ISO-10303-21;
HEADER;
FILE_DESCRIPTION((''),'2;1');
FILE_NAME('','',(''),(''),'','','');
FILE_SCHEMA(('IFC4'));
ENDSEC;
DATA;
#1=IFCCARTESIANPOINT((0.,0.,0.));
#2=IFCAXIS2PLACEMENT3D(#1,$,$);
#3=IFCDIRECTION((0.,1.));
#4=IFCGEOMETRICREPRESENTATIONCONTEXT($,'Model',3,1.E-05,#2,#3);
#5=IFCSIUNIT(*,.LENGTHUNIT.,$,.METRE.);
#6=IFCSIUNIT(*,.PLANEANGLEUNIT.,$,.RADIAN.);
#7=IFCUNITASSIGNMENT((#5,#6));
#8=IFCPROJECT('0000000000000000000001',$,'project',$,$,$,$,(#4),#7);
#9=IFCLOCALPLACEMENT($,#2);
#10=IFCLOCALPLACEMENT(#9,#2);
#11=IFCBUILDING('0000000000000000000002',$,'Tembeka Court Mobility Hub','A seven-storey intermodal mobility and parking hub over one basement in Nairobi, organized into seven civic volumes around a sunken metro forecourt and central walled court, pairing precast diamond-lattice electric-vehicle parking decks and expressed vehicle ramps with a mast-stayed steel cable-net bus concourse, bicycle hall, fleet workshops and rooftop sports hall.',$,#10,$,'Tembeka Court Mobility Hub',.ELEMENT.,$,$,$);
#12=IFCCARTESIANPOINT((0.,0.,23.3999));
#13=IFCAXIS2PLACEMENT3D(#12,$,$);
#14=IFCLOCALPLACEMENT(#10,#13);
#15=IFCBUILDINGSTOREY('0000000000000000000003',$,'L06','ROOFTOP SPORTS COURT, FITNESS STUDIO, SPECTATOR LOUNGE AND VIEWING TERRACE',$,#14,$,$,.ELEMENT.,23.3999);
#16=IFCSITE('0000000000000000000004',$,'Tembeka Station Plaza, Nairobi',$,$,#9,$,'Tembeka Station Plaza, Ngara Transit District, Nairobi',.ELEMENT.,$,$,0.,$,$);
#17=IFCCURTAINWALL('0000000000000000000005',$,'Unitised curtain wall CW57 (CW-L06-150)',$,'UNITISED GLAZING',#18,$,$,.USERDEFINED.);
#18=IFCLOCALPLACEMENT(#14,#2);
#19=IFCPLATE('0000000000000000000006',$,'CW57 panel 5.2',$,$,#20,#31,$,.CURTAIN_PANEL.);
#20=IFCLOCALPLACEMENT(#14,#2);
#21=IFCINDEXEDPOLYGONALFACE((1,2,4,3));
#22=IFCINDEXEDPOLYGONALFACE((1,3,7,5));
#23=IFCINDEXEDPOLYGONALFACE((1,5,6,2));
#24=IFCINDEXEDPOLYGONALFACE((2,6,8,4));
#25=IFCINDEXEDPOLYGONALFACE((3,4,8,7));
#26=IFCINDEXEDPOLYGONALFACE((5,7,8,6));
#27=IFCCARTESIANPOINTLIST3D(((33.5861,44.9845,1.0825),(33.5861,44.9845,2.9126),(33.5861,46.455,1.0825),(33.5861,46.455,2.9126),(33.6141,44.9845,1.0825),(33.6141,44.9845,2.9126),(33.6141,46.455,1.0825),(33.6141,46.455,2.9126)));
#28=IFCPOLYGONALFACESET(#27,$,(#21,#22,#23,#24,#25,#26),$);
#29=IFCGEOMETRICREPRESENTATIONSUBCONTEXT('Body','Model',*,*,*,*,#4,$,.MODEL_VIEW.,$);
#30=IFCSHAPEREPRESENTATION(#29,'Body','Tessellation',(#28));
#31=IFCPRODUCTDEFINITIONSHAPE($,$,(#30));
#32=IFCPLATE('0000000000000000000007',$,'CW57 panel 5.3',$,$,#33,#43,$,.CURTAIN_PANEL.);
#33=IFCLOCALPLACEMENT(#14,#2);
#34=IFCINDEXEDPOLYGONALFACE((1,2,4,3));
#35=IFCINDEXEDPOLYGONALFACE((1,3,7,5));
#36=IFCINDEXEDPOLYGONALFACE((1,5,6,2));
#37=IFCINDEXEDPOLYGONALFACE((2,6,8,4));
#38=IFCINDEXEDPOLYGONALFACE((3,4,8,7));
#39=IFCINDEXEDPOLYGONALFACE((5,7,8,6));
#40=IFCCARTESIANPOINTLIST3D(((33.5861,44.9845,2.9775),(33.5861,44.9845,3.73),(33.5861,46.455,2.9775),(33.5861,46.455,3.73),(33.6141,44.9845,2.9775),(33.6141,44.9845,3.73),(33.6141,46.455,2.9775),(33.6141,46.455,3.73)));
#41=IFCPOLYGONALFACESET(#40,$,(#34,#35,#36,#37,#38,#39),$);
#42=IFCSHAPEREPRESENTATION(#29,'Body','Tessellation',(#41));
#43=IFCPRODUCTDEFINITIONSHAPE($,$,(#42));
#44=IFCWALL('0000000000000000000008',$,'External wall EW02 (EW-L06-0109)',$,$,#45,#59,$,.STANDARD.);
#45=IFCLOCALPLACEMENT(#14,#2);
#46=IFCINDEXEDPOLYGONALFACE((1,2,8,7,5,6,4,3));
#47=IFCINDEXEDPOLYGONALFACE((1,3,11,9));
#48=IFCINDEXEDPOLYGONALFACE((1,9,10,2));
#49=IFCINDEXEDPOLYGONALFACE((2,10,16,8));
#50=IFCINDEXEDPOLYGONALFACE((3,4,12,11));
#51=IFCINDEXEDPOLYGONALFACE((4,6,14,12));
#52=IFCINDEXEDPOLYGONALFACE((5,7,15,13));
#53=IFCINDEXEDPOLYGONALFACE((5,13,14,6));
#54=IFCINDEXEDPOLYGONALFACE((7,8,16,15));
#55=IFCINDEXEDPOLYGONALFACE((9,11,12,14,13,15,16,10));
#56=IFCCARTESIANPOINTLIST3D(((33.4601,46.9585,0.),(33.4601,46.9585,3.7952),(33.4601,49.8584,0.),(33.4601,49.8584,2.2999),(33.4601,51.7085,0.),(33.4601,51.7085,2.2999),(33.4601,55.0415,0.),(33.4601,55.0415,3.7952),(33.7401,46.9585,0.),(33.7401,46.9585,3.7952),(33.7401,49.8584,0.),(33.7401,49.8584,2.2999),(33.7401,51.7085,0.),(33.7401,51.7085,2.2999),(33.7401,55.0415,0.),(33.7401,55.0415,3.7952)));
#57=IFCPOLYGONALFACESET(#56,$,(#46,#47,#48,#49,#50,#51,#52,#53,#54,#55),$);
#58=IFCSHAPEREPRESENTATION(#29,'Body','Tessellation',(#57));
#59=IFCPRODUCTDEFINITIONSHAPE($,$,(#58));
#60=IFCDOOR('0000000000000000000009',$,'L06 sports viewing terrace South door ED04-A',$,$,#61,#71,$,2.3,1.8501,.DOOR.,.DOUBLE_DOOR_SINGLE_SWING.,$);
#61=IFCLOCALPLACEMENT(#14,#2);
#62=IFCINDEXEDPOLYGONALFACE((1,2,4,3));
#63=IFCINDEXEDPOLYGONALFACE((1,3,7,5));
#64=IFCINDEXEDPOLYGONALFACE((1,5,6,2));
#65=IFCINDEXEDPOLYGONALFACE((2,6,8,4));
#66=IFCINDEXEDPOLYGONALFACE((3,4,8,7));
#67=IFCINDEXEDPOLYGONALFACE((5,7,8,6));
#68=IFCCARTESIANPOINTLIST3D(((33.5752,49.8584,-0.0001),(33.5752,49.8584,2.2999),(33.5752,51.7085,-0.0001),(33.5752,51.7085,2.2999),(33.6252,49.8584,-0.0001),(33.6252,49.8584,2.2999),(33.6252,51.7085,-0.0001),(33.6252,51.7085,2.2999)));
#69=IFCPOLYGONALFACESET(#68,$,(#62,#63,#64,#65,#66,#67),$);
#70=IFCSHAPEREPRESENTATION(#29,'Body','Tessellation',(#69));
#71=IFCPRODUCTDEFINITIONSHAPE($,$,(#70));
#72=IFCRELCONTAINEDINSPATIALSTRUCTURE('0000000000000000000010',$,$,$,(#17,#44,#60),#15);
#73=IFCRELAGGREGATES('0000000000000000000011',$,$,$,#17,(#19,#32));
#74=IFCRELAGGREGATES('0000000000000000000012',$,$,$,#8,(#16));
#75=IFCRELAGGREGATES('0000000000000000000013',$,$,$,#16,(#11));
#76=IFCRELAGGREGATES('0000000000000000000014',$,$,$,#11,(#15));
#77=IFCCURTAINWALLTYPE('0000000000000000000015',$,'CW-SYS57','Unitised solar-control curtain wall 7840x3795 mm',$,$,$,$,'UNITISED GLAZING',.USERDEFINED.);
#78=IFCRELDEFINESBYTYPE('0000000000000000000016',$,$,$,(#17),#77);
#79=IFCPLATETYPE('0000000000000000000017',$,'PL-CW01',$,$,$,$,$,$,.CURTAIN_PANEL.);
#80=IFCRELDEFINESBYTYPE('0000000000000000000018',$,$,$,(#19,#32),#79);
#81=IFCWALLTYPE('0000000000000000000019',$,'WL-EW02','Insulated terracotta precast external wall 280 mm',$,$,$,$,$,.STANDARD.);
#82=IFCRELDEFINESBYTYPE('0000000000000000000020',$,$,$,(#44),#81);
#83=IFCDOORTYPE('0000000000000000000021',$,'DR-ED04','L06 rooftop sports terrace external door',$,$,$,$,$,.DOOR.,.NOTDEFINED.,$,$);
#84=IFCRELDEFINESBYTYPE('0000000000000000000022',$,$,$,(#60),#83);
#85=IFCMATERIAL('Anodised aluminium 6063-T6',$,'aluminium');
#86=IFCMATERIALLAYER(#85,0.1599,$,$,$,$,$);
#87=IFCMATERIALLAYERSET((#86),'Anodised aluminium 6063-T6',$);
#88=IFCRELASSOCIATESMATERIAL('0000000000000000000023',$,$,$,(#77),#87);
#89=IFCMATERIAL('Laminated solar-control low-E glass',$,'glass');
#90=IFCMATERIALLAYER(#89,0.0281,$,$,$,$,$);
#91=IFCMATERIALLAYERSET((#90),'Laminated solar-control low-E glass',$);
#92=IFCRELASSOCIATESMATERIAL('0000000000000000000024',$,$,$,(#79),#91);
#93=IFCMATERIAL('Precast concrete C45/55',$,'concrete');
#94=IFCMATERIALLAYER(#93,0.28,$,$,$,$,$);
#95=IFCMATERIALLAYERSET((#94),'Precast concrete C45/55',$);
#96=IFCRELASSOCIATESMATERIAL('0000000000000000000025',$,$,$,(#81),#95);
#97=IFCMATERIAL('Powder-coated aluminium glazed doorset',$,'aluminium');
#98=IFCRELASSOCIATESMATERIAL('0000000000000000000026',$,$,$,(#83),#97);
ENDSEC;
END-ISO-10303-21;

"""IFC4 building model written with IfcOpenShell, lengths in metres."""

from ifc_helpers import new_model, si_unit, direction, frame, frame_2d, origin, origin_2d, place, context, subcontext, project, spatial, rectangle, extrude, material, layer, layer_set, type_object, element, fill, aggregate, save


model = new_model("IFC4")

# Units and contexts
model_context = context("Model", 3, precision=1e-05, world=origin(), true_north=direction((0.0, 1.0)))
body_context = subcontext(model_context, "Body", "Model", "MODEL_VIEW")
ifc_project = project(units=[si_unit("LENGTHUNIT", "METRE"), si_unit("PLANEANGLEUNIT", "RADIAN")], contexts=[model_context])

# Site, building, storey
site_placement = place(None, origin())
site = spatial("IfcSite", under=ifc_project, at=site_placement, Name="Tembeka Station Plaza, Nairobi", LongName="Tembeka Station Plaza, Ngara Transit District, Nairobi", CompositionType="ELEMENT", RefElevation=0.0)
building_placement = place(site_placement, origin())
building = spatial("IfcBuilding", under=site, at=building_placement, Name="Tembeka Court Mobility Hub", Description="A seven-storey intermodal mobility and parking hub over one basement in Nairobi, organized into seven civic volumes around a sunken metro forecourt and central walled court, pairing precast diamond-lattice electric-vehicle parking decks and expressed vehicle ramps with a mast-stayed steel cable-net bus concourse, bicycle hall, fleet workshops and rooftop sports hall.", LongName="Tembeka Court Mobility Hub", CompositionType="ELEMENT")
storey_placement = place(building_placement, frame((0.0, 0.0, 23.3999)))
storey = spatial("IfcBuildingStorey", under=building, at=storey_placement, Name="L06", Description="ROOFTOP SPORTS COURT, FITNESS STUDIO, SPECTATOR LOUNGE AND VIEWING TERRACE", CompositionType="ELEMENT", Elevation=23.3999)

# Curtain wall, plates
ifc_material_1 = material(Name="Anodised aluminium 6063-T6", Category="aluminium")
ifc_layer_1 = layer(ifc_material_1, 0.1599)
ifc_layer_set_1 = layer_set([ifc_layer_1], Name="Anodised aluminium 6063-T6")
curtain_wall_type = type_object("IfcCurtainWallType", Name="CW-SYS57", Description="Unitised solar-control curtain wall 7840x3795 mm", ElementType="UNITISED GLAZING", PredefinedType="USERDEFINED", material=ifc_layer_set_1)
curtain_wall_placement = place(storey_placement, origin())
curtain_wall = element("IfcCurtainWall", 1, at=curtain_wall_placement, inside=storey, type_object=curtain_wall_type, Name="Unitised curtain wall CW57 (CW-L06-150)", ObjectType="UNITISED GLAZING", PredefinedType="USERDEFINED")
ifc_material_2 = material(Name="Laminated solar-control low-E glass", Category="glass")
ifc_layer_2 = layer(ifc_material_2, 0.0281)
ifc_layer_set_2 = layer_set([ifc_layer_2], Name="Laminated solar-control low-E glass")
plate_type = type_object("IfcPlateType", Name="PL-CW01", PredefinedType="CURTAIN_PANEL", material=ifc_layer_set_2)
plate_1_placement = place(storey_placement, frame((33.6001, 45.7197, 1.0825), z_axis=(0.0, 0.0, 1.0), x_axis=(0.0, 1.0, 0.0)))
plate_1 = element("IfcPlate", 2, at=plate_1_placement, type_object=plate_type, Name="CW57 panel 5.2", PredefinedType="CURTAIN_PANEL", context=body_context, shape_type="SweptSolid", body=[
    extrude(rectangle(XDim=1.4705, YDim=0.0281, at=origin_2d()), origin(), (0.0, 0.0, 1.0), 1.8301),
])
plate_2_placement = place(storey_placement, frame((33.6001, 45.7197, 2.9775), z_axis=(0.0, 0.0, 1.0), x_axis=(0.0, 1.0, 0.0)))
plate_2 = element("IfcPlate", 3, at=plate_2_placement, type_object=plate_type, Name="CW57 panel 5.3", PredefinedType="CURTAIN_PANEL", context=body_context, shape_type="SweptSolid", body=[
    extrude(rectangle(XDim=1.4705, YDim=0.0281, at=origin_2d()), origin(), (0.0, 0.0, 1.0), 0.7524),
])
aggregate(curtain_wall, [plate_1, plate_2])

# Wall, opening, door
ifc_material_3 = material(Name="Precast concrete C45/55", Category="concrete")
ifc_layer_3 = layer(ifc_material_3, 0.28)
ifc_layer_set_3 = layer_set([ifc_layer_3], Name="Precast concrete C45/55")
wall_type = type_object("IfcWallType", Name="WL-EW02", Description="Insulated terracotta precast external wall 280 mm", PredefinedType="STANDARD", material=ifc_layer_set_3)
wall_placement = place(storey_placement, frame((33.6001, 46.9585, 0.0), z_axis=(0.0, 0.0, 1.0), x_axis=(0.0, 1.0, 0.0)))
wall = element("IfcWall", 4, at=wall_placement, inside=storey, type_object=wall_type, Name="External wall EW02 (EW-L06-0109)", PredefinedType="STANDARD", context=body_context, shape_type="SweptSolid", body=[
    extrude(rectangle(XDim=8.083, YDim=0.28, at=frame_2d((4.0415, 0.0))), origin(), (0.0, 0.0, 1.0), 3.7952),
])
opening_placement = place(wall_placement, frame((2.8999, 0.0, 0.0)))
opening = element("IfcOpeningElement", 5, at=opening_placement, cuts=wall, PredefinedType="OPENING", context=body_context, shape_type="SweptSolid", body=[
    extrude(rectangle(XDim=1.8501, YDim=2.3, at=frame_2d((0.925, 1.1499))), frame((0.0, 0.1499, 0.0), z_axis=(0.0, -1.0, 0.0), x_axis=(1.0, 0.0, 0.0)), (0.0, 0.0, 1.0), 0.3),
])
ifc_material_4 = material(Name="Powder-coated aluminium glazed doorset", Category="aluminium")
door_type = type_object("IfcDoorType", Name="DR-ED04", Description="L06 rooftop sports terrace external door", OperationType="NOTDEFINED", PredefinedType="DOOR", material=ifc_material_4)
door_placement = place(opening_placement, origin())
door = element("IfcDoor", 6, at=door_placement, inside=storey, type_object=door_type, Name="L06 sports viewing terrace South door ED04-A", OperationType="DOUBLE_DOOR_SINGLE_SWING", OverallHeight=2.3, OverallWidth=1.8501, PredefinedType="DOOR", context=body_context, shape_type="SweptSolid", body=[
    extrude(rectangle(XDim=1.8501, YDim=2.3, at=frame_2d((0.925, 1.1499))), frame((0.0, 0.0249, 0.0), z_axis=(0.0, -1.0, 0.0), x_axis=(1.0, 0.0, 0.0)), (0.0, 0.0, 1.0), 0.05),
])
fill(opening, door)

save(model, "model.ifc")
